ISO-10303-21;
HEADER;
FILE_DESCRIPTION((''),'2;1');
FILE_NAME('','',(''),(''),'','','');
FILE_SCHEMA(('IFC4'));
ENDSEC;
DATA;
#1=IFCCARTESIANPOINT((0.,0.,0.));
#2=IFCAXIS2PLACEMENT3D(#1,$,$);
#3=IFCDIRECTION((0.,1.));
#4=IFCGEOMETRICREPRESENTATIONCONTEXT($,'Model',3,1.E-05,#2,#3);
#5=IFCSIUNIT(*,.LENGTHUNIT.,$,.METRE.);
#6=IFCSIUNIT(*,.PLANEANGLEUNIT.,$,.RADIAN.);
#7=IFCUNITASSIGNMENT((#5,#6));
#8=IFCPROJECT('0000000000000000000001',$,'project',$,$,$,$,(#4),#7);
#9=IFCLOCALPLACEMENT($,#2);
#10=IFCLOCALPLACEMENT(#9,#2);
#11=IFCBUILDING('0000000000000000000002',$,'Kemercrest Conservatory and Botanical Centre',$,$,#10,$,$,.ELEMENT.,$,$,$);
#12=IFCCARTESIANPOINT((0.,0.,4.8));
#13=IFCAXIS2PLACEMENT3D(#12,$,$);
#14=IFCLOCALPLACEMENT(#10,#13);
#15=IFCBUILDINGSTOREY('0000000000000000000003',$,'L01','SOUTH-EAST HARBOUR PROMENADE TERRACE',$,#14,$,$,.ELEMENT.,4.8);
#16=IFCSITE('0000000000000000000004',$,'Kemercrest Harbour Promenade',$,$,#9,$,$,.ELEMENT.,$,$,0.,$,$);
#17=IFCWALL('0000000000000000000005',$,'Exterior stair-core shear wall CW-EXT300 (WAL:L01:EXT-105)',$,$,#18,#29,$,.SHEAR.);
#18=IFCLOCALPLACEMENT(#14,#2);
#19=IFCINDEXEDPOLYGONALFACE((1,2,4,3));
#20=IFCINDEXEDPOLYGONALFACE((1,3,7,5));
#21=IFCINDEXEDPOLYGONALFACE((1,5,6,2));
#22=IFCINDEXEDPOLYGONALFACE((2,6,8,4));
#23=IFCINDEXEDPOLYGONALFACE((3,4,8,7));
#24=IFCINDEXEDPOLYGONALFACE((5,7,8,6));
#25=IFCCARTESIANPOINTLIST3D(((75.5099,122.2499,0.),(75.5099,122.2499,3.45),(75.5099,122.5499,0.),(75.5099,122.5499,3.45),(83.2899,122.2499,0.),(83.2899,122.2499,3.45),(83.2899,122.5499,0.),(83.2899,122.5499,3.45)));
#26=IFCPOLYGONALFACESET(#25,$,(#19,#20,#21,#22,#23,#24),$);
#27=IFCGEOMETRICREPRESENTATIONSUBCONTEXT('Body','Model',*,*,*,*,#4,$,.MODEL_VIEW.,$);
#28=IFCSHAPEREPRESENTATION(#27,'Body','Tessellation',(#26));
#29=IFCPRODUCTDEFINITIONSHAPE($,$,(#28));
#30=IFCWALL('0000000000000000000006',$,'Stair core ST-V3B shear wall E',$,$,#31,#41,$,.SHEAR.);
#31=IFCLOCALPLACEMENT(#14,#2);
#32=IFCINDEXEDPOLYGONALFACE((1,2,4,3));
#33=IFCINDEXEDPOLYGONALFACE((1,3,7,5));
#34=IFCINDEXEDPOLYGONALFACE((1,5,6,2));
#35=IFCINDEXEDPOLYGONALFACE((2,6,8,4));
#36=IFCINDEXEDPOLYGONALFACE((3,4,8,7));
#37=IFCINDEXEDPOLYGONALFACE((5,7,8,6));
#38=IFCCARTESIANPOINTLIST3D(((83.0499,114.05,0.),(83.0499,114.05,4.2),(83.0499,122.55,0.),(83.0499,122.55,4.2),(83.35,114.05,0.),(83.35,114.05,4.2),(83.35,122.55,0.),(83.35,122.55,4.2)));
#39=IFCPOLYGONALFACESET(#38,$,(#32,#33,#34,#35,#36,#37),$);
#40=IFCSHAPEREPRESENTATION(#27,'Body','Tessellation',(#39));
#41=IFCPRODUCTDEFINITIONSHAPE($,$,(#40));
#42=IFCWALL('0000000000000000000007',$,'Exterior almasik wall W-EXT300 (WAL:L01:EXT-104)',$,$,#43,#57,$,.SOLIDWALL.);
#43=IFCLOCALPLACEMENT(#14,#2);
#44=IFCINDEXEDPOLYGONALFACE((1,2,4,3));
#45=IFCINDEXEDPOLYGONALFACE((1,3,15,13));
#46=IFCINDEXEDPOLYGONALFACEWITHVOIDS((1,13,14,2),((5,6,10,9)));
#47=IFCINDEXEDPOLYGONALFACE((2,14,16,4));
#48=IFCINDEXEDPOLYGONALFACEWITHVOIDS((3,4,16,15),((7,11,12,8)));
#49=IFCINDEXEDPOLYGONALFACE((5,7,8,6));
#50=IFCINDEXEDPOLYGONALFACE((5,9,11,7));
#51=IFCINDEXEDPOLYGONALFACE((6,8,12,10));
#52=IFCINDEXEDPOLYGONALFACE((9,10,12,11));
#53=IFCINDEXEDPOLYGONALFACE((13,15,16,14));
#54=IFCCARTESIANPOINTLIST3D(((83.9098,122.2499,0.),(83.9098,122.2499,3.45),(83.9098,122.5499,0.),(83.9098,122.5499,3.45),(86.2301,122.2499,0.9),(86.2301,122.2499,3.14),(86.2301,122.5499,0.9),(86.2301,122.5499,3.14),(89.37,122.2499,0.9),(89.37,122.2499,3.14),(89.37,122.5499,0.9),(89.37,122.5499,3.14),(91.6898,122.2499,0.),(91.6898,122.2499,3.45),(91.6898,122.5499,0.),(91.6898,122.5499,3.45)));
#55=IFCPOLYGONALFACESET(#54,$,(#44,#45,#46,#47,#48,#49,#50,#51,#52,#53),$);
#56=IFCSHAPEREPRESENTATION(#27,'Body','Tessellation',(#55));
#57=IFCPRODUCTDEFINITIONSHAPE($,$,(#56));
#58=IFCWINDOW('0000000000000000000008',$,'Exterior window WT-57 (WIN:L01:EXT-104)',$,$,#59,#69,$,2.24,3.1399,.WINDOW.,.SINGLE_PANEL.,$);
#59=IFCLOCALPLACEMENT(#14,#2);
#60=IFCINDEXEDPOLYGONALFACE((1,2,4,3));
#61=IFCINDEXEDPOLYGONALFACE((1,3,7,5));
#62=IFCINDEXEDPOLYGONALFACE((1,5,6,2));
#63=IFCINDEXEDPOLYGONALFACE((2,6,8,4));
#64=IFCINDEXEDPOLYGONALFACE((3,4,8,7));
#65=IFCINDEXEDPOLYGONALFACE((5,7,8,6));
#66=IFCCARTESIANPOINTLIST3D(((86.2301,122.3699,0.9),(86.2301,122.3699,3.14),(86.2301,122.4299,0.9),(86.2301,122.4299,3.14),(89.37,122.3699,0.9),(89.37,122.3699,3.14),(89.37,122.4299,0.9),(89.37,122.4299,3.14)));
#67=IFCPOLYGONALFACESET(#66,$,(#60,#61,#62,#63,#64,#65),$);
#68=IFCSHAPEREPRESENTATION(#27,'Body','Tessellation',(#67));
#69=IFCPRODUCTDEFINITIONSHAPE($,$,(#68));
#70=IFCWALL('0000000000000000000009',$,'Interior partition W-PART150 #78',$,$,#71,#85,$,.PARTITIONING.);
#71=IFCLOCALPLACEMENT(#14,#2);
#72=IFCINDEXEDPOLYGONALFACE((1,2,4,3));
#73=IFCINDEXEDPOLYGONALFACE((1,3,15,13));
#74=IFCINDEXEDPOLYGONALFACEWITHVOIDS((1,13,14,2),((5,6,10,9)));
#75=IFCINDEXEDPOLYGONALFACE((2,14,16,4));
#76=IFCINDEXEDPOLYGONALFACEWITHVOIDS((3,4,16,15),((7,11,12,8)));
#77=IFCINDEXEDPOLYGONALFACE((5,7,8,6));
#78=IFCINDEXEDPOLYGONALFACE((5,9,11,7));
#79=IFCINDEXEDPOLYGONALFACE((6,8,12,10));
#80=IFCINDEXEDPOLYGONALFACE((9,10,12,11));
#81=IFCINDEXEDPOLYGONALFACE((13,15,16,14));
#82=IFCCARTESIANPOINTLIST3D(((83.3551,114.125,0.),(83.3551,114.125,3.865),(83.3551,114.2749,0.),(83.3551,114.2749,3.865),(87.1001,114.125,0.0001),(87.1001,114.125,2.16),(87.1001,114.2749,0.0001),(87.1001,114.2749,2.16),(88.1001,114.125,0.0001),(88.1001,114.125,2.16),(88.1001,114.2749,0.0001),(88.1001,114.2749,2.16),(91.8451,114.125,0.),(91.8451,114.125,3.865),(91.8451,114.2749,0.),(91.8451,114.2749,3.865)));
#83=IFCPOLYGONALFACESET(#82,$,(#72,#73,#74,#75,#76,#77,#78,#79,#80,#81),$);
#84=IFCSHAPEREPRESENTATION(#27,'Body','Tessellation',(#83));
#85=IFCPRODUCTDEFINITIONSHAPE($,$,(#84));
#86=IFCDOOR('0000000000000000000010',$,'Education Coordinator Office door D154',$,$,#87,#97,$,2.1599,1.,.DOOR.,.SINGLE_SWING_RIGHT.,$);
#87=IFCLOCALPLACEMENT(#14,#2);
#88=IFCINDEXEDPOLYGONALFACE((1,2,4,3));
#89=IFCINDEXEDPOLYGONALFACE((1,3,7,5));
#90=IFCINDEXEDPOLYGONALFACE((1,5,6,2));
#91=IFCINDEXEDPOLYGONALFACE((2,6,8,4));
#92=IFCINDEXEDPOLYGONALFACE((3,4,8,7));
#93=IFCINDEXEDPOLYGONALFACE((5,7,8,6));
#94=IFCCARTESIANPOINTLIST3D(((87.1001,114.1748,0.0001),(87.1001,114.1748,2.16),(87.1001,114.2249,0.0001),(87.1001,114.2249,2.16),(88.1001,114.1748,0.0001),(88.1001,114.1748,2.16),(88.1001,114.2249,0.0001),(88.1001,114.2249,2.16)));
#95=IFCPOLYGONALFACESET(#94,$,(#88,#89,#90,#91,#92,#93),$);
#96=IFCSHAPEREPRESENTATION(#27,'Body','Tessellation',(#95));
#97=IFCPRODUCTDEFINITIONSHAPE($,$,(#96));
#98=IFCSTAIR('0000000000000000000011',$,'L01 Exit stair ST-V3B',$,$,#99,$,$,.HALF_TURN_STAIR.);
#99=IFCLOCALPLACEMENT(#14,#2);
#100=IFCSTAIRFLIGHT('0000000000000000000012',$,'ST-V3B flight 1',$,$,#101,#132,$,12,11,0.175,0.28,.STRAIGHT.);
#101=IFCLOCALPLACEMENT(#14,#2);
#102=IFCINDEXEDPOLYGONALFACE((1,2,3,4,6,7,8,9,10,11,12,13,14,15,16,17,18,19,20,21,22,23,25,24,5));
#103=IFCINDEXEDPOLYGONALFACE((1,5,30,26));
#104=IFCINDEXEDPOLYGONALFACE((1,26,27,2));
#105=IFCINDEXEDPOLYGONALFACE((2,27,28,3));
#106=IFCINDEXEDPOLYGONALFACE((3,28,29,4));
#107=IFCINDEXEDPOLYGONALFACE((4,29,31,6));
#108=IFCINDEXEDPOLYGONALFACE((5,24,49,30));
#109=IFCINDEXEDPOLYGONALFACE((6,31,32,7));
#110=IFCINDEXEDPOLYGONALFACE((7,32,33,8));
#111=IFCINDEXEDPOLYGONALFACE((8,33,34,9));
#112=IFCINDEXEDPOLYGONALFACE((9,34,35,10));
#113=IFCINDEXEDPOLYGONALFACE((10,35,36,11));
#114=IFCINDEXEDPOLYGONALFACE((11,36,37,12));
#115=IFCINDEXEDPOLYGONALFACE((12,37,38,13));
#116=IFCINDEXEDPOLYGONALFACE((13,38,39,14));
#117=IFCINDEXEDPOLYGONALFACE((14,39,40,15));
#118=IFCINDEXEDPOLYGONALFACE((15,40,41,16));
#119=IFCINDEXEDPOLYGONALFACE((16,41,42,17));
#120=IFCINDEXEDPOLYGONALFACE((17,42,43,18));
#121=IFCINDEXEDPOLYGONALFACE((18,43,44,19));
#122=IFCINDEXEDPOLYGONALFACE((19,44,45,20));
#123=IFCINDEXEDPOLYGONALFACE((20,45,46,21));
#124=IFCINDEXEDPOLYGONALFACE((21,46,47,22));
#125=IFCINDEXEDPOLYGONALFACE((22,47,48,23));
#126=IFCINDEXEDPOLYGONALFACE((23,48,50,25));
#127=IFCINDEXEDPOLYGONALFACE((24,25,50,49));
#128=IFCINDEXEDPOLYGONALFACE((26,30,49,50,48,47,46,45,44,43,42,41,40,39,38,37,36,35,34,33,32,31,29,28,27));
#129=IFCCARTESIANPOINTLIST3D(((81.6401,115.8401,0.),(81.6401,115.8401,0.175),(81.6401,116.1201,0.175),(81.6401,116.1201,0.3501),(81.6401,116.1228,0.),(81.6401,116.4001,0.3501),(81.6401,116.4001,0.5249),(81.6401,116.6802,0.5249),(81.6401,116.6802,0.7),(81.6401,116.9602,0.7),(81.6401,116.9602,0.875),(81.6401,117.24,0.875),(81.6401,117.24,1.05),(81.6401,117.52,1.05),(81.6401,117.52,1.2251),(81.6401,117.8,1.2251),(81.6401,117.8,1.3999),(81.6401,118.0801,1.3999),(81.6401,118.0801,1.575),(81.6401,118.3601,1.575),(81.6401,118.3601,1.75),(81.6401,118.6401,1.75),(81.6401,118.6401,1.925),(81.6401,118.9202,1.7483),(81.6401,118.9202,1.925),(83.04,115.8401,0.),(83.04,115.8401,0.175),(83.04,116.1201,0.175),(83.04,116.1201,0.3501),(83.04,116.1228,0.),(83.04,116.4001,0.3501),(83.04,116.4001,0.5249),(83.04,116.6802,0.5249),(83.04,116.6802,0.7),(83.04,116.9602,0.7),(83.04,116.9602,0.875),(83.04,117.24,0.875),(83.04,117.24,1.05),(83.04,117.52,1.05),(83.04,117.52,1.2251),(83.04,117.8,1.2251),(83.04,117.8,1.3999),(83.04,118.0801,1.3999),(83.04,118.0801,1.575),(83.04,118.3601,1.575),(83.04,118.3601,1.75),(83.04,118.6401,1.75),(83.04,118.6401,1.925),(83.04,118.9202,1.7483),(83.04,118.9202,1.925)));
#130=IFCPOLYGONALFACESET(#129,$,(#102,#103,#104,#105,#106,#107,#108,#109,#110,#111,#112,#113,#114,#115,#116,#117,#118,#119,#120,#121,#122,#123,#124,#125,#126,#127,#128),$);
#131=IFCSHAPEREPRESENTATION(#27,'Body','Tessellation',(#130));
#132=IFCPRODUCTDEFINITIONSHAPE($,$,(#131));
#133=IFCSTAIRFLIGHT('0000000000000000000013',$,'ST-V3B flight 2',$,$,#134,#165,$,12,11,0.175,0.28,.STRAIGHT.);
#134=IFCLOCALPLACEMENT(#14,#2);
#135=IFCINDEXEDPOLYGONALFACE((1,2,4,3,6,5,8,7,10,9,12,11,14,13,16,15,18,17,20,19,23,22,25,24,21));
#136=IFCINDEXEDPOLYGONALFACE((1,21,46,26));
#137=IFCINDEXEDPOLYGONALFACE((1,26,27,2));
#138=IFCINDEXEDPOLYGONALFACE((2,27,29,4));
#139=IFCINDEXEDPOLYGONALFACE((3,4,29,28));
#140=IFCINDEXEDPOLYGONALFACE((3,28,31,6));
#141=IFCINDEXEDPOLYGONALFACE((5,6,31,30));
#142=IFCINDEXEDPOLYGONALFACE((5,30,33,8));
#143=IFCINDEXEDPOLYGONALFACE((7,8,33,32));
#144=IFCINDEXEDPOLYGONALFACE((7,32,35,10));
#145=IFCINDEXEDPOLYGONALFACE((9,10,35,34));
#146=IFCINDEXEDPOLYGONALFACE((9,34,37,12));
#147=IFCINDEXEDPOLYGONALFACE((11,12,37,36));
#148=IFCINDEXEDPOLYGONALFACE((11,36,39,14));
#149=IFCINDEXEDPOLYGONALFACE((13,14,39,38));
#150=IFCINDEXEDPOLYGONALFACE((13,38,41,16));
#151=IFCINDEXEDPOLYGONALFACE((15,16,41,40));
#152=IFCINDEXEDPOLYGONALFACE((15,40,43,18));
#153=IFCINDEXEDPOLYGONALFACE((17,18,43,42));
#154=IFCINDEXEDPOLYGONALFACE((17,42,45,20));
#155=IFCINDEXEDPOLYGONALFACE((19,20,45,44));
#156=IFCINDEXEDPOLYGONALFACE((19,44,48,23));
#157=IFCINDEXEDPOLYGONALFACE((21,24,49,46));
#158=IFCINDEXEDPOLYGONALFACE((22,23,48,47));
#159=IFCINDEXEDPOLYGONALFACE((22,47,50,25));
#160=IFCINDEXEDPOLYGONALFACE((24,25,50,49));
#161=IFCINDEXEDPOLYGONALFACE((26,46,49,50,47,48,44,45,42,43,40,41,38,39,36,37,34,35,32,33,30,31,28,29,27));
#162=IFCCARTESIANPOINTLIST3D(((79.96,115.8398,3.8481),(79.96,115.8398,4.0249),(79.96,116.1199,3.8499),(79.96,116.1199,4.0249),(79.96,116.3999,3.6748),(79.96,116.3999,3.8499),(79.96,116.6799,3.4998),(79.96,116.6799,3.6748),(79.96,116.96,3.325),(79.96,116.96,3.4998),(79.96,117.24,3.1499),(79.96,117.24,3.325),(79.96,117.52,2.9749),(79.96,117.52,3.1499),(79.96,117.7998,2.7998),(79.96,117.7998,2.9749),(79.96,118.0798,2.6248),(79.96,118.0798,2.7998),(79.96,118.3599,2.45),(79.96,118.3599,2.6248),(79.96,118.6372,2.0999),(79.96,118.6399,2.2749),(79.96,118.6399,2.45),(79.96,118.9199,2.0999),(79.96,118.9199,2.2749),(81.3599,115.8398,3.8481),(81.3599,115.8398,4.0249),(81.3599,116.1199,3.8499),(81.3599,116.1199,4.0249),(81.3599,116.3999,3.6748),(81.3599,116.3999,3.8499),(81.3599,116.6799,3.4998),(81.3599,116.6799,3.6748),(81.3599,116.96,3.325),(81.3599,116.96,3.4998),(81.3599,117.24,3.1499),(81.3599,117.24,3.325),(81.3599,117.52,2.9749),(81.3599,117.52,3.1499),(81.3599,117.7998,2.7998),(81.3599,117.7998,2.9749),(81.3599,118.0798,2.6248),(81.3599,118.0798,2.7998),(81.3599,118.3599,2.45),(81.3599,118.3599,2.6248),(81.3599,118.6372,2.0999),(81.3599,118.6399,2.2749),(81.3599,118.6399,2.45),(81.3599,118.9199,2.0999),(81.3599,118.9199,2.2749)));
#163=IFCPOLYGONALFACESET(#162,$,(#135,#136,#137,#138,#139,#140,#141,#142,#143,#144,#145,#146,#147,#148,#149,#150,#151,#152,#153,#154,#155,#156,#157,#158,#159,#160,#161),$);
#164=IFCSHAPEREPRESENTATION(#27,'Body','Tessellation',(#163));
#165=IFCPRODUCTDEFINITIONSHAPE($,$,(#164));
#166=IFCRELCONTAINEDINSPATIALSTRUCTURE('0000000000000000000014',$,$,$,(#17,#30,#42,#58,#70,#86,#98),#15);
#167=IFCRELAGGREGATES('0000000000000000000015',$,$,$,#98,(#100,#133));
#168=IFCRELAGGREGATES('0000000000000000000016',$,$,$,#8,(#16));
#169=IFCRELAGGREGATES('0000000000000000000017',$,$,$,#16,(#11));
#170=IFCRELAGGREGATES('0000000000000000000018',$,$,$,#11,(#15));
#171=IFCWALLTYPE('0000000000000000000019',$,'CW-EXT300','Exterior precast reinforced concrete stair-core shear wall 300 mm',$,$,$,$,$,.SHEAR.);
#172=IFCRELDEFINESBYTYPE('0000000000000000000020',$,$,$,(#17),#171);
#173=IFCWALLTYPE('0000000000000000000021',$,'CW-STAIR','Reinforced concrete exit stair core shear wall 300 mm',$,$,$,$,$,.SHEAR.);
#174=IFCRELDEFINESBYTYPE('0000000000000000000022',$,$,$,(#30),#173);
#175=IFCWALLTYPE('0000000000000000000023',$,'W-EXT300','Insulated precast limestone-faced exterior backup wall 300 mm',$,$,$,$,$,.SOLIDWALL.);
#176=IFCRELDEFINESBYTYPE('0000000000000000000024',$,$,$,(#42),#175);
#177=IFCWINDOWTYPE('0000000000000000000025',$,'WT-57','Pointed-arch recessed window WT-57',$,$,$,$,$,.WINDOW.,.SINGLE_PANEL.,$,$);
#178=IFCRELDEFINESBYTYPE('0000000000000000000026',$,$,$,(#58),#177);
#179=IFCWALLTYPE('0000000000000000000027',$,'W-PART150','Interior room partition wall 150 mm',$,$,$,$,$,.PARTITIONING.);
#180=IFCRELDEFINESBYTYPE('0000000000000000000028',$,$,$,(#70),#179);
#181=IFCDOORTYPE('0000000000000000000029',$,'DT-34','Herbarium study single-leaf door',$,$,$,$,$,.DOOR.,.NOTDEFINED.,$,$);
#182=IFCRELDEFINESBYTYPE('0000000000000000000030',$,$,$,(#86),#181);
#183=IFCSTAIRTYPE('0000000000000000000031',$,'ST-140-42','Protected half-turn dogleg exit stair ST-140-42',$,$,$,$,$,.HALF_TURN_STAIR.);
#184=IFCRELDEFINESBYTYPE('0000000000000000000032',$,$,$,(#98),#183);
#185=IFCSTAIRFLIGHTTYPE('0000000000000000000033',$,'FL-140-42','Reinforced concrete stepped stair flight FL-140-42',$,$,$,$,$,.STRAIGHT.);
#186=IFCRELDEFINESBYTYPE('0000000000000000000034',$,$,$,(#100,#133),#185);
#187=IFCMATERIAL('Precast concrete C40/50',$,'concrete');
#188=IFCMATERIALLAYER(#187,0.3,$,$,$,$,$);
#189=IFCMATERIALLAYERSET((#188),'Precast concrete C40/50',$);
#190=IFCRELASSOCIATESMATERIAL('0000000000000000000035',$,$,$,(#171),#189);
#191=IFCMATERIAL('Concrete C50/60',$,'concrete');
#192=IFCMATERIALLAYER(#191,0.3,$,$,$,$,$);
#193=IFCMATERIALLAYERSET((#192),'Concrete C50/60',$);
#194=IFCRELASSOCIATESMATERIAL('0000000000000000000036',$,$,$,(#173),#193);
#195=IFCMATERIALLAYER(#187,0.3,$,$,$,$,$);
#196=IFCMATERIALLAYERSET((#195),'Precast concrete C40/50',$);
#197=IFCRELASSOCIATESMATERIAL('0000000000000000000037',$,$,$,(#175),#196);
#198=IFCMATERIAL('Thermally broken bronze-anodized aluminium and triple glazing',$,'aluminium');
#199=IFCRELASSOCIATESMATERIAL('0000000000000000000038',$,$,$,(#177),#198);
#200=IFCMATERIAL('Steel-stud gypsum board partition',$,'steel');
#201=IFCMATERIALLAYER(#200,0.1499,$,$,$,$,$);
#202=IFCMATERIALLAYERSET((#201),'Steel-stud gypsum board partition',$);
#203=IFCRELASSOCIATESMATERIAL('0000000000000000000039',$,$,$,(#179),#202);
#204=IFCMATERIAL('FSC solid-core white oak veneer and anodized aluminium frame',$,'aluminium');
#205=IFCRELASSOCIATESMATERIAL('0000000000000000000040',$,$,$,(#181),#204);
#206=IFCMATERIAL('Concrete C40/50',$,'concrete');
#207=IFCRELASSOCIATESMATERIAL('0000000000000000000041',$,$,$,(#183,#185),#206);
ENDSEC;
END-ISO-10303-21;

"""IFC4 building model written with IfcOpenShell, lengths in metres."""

from ifc_helpers import new_model, si_unit, direction, frame, frame_2d, origin, place, context, subcontext, project, spatial, polyline, rectangle, outline, extrude, material, layer, layer_set, type_object, element, fill, aggregate, save


model = new_model("IFC4")

# Units and contexts
model_context = context("Model", 3, precision=1e-05, world=origin(), true_north=direction((0.0, 1.0)))
body_context = subcontext(model_context, "Body", "Model", "MODEL_VIEW")
ifc_project = project(units=[si_unit("LENGTHUNIT", "METRE"), si_unit("PLANEANGLEUNIT", "RADIAN")], contexts=[model_context])

# Site, building, storey
site_placement = place(None, origin())
site = spatial("IfcSite", under=ifc_project, at=site_placement, Name="Kemercrest Harbour Promenade", CompositionType="ELEMENT", RefElevation=0.0)
building_placement = place(site_placement, origin())
building = spatial("IfcBuilding", under=site, at=building_placement, Name="Kemercrest Conservatory and Botanical Centre", CompositionType="ELEMENT")
storey_placement = place(building_placement, frame((0.0, 0.0, 4.8)))
storey = spatial("IfcBuildingStorey", under=building, at=storey_placement, Name="L01", Description="SOUTH-EAST HARBOUR PROMENADE TERRACE", CompositionType="ELEMENT", Elevation=4.8)

# Shared definitions
ifc_material_1 = material(Name="Concrete C40/50", Category="concrete")

# Walls
ifc_material_2 = material(Name="Precast concrete C40/50", Category="concrete")
ifc_layer_1 = layer(ifc_material_2, 0.3)
ifc_layer_set_1 = layer_set([ifc_layer_1], Name="Precast concrete C40/50")
wall_type_1 = type_object("IfcWallType", Name="CW-EXT300", Description="Exterior precast reinforced concrete stair-core shear wall 300 mm", PredefinedType="SHEAR", material=ifc_layer_set_1)
wall_1_placement = place(storey_placement, frame((83.29, 122.3999, 0.0), z_axis=(0.0, 0.0, 1.0), x_axis=(-1.0, 0.0, 0.0)))
element("IfcWall", 1, at=wall_1_placement, inside=storey, type_object=wall_type_1, Name="Exterior stair-core shear wall CW-EXT300 (WAL:L01:EXT-105)", PredefinedType="SHEAR", context=body_context, shape_type="SweptSolid", body=[
    extrude(rectangle(XDim=7.78, YDim=0.3, at=frame_2d((3.8901, 0.0))), origin(), (0.0, 0.0, 1.0), 3.45),
])
ifc_material_3 = material(Name="Concrete C50/60", Category="concrete")
ifc_layer_2 = layer(ifc_material_3, 0.3)
ifc_layer_set_2 = layer_set([ifc_layer_2], Name="Concrete C50/60")
wall_type_2 = type_object("IfcWallType", Name="CW-STAIR", Description="Reinforced concrete exit stair core shear wall 300 mm", PredefinedType="SHEAR", material=ifc_layer_set_2)
wall_2_placement = place(storey_placement, frame((83.2, 114.05, 0.0), z_axis=(0.0, 0.0, 1.0), x_axis=(0.0, 1.0, 0.0)))
element("IfcWall", 2, at=wall_2_placement, inside=storey, type_object=wall_type_2, Name="Stair core ST-V3B shear wall E", PredefinedType="SHEAR", context=body_context, shape_type="SweptSolid", body=[
    extrude(rectangle(XDim=8.5, YDim=0.3, at=frame_2d((4.25, 0.0))), origin(), (0.0, 0.0, 1.0), 4.2),
])

# Wall, opening, window
ifc_layer_3 = layer(ifc_material_2, 0.3)
ifc_layer_set_3 = layer_set([ifc_layer_3], Name="Precast concrete C40/50")
wall_type_3 = type_object("IfcWallType", Name="W-EXT300", Description="Insulated precast limestone-faced exterior backup wall 300 mm", PredefinedType="SOLIDWALL", material=ifc_layer_set_3)
wall_3_placement = place(storey_placement, frame((91.6899, 122.3999, 0.0), z_axis=(0.0, 0.0, 1.0), x_axis=(-1.0, 0.0, 0.0)))
wall_3 = element("IfcWall", 3, at=wall_3_placement, inside=storey, type_object=wall_type_3, Name="Exterior almasik wall W-EXT300 (WAL:L01:EXT-104)", PredefinedType="SOLIDWALL", context=body_context, shape_type="SweptSolid", body=[
    extrude(rectangle(XDim=7.78, YDim=0.3, at=frame_2d((3.8901, 0.0))), origin(), (0.0, 0.0, 1.0), 3.45),
])
opening_1_placement = place(wall_3_placement, frame((2.3201, 0.0, 0.8999)))
opening_1 = element("IfcOpeningElement", 4, at=opening_1_placement, cuts=wall_3, PredefinedType="OPENING", context=body_context, shape_type="SweptSolid", body=[
    extrude(rectangle(XDim=3.1399, YDim=2.24, at=frame_2d((1.5698, 1.1201))), frame((0.0, 0.1602, 0.0), z_axis=(0.0, -1.0, 0.0), x_axis=(1.0, 0.0, 0.0)), (0.0, 0.0, 1.0), 0.3201),
])
ifc_material_4 = material(Name="Thermally broken bronze-anodized aluminium and triple glazing", Category="aluminium")
window_type = type_object("IfcWindowType", Name="WT-57", Description="Pointed-arch recessed window WT-57", PartitioningType="SINGLE_PANEL", PredefinedType="WINDOW", material=ifc_material_4)
window_placement = place(opening_1_placement, origin())
window = element("IfcWindow", 5, at=window_placement, inside=storey, type_object=window_type, Name="Exterior window WT-57 (WIN:L01:EXT-104)", OverallHeight=2.24, OverallWidth=3.1399, PartitioningType="SINGLE_PANEL", PredefinedType="WINDOW", context=body_context, shape_type="SweptSolid", body=[
    extrude(rectangle(XDim=3.1399, YDim=2.24, at=frame_2d((1.5698, 1.1201))), frame((0.0, 0.03, 0.0), z_axis=(0.0, -1.0, 0.0), x_axis=(1.0, 0.0, 0.0)), (0.0, 0.0, 1.0), 0.0601),
])
fill(opening_1, window)

# Wall, opening, door
ifc_material_5 = material(Name="Steel-stud gypsum board partition", Category="steel")
ifc_layer_4 = layer(ifc_material_5, 0.1499)
ifc_layer_set_4 = layer_set([ifc_layer_4], Name="Steel-stud gypsum board partition")
wall_type_4 = type_object("IfcWallType", Name="W-PART150", Description="Interior room partition wall 150 mm", PredefinedType="PARTITIONING", material=ifc_layer_set_4)
wall_4_placement = place(storey_placement, frame((83.355, 114.2, 0.0), z_axis=(0.0, 0.0, 1.0), x_axis=(1.0, 0.0, 0.0)))
wall_4 = element("IfcWall", 6, at=wall_4_placement, inside=storey, type_object=wall_type_4, Name="Interior partition W-PART150 #78", PredefinedType="PARTITIONING", context=body_context, shape_type="SweptSolid", body=[
    extrude(rectangle(XDim=8.49, YDim=0.1499, at=frame_2d((4.2451, 0.0))), origin(), (0.0, 0.0, 1.0), 3.865),
])
opening_2_placement = place(wall_4_placement, frame((3.7451, 0.0, 0.0)))
opening_2 = element("IfcOpeningElement", 7, at=opening_2_placement, cuts=wall_4, PredefinedType="OPENING", context=body_context, shape_type="SweptSolid", body=[
    extrude(rectangle(XDim=1.0, YDim=2.1599, at=frame_2d((0.5, 1.0801))), frame((0.0, 0.085, 0.0), z_axis=(0.0, -1.0, 0.0), x_axis=(1.0, 0.0, 0.0)), (0.0, 0.0, 1.0), 0.1699),
])
ifc_material_6 = material(Name="FSC solid-core white oak veneer and anodized aluminium frame", Category="aluminium")
door_type = type_object("IfcDoorType", Name="DT-34", Description="Herbarium study single-leaf door", OperationType="NOTDEFINED", PredefinedType="DOOR", material=ifc_material_6)
door_placement = place(opening_2_placement, origin())
door = element("IfcDoor", 8, at=door_placement, inside=storey, type_object=door_type, Name="Education Coordinator Office door D154", OperationType="SINGLE_SWING_RIGHT", OverallHeight=2.1599, OverallWidth=1.0, PredefinedType="DOOR", context=body_context, shape_type="SweptSolid", body=[
    extrude(rectangle(XDim=1.0, YDim=2.1599, at=frame_2d((0.5, 1.0801))), frame((0.0, 0.0249, 0.0), z_axis=(0.0, -1.0, 0.0), x_axis=(1.0, 0.0, 0.0)), (0.0, 0.0, 1.0), 0.05),
])
fill(opening_2, door)

# Stair, stair flights
stair_type = type_object("IfcStairType", Name="ST-140-42", Description="Protected half-turn dogleg exit stair ST-140-42", PredefinedType="HALF_TURN_STAIR", material=ifc_material_1)
stair_placement = place(storey_placement, origin())
stair = element("IfcStair", 9, at=stair_placement, inside=storey, type_object=stair_type, Name="L01 Exit stair ST-V3B", PredefinedType="HALF_TURN_STAIR")
stair_flight_type = type_object("IfcStairFlightType", Name="FL-140-42", Description="Reinforced concrete stepped stair flight FL-140-42", PredefinedType="STRAIGHT", material=ifc_material_1)
stair_flight_1_placement = place(storey_placement, frame((82.3401, 115.8401, 0.0), z_axis=(0.0, 0.0, 1.0), x_axis=(0.0, 1.0, 0.0)))
stair_flight_1 = element("IfcStairFlight", 10, at=stair_flight_1_placement, type_object=stair_flight_type, Name="ST-V3B flight 1", NumberOfRisers=12, NumberOfTreads=11, PredefinedType="STRAIGHT", RiserHeight=0.175, TreadLength=0.28, context=body_context, shape_type="SweptSolid", body=[
    extrude(outline(polyline([(0.0, 0.0), (0.0, 0.175), (0.28, 0.175), (0.28, 0.3501), (0.5601, 0.3501), (0.5601, 0.5249), (0.8401, 0.5249), (0.8401, 0.7), (1.1201, 0.7), (1.1201, 0.875), (1.3999, 0.875), (1.3999, 1.05), (1.6799, 1.05), (1.6799, 1.2251), (1.96, 1.2251), (1.96, 1.3999), (2.24, 1.3999), (2.24, 1.575), (2.52, 1.575), (2.52, 1.75), (2.8, 1.75), (2.8, 1.925), (3.0801, 1.925), (3.0801, 2.1001), (3.0801, 1.7483), (0.2827, 0.0), (0.0, 0.0)])), frame((0.0, 0.7, 0.0), z_axis=(0.0, -1.0, 0.0), x_axis=(1.0, 0.0, 0.0)), (0.0, 0.0, 1.0), 1.3999),
])
stair_flight_2_placement = place(storey_placement, frame((80.6599, 118.9199, 2.0999), z_axis=(0.0, 0.0, 1.0), x_axis=(0.0, -1.0, 0.0)))
stair_flight_2 = element("IfcStairFlight", 11, at=stair_flight_2_placement, type_object=stair_flight_type, Name="ST-V3B flight 2", NumberOfRisers=12, NumberOfTreads=11, PredefinedType="STRAIGHT", RiserHeight=0.175, TreadLength=0.28, context=body_context, shape_type="SweptSolid", body=[
    extrude(outline(polyline([(0.0, 0.0), (0.0, 0.175), (0.28, 0.175), (0.28, 0.3501), (0.5601, 0.3501), (0.5601, 0.5249), (0.8401, 0.5249), (0.8401, 0.7), (1.1201, 0.7), (1.1201, 0.875), (1.3999, 0.875), (1.3999, 1.05), (1.6799, 1.05), (1.6799, 1.2251), (1.96, 1.2251), (1.96, 1.3999), (2.24, 1.3999), (2.24, 1.575), (2.52, 1.575), (2.52, 1.75), (2.8, 1.75), (2.8, 1.925), (3.0801, 1.925), (3.0801, 2.1001), (3.0801, 1.7483), (0.2827, 0.0), (0.0, 0.0)])), frame((0.0, 0.7, 0.0), z_axis=(0.0, -1.0, 0.0), x_axis=(1.0, 0.0, 0.0)), (0.0, 0.0, 1.0), 1.3999),
])
aggregate(stair, [stair_flight_1, stair_flight_2])

save(model, "model.ifc")
